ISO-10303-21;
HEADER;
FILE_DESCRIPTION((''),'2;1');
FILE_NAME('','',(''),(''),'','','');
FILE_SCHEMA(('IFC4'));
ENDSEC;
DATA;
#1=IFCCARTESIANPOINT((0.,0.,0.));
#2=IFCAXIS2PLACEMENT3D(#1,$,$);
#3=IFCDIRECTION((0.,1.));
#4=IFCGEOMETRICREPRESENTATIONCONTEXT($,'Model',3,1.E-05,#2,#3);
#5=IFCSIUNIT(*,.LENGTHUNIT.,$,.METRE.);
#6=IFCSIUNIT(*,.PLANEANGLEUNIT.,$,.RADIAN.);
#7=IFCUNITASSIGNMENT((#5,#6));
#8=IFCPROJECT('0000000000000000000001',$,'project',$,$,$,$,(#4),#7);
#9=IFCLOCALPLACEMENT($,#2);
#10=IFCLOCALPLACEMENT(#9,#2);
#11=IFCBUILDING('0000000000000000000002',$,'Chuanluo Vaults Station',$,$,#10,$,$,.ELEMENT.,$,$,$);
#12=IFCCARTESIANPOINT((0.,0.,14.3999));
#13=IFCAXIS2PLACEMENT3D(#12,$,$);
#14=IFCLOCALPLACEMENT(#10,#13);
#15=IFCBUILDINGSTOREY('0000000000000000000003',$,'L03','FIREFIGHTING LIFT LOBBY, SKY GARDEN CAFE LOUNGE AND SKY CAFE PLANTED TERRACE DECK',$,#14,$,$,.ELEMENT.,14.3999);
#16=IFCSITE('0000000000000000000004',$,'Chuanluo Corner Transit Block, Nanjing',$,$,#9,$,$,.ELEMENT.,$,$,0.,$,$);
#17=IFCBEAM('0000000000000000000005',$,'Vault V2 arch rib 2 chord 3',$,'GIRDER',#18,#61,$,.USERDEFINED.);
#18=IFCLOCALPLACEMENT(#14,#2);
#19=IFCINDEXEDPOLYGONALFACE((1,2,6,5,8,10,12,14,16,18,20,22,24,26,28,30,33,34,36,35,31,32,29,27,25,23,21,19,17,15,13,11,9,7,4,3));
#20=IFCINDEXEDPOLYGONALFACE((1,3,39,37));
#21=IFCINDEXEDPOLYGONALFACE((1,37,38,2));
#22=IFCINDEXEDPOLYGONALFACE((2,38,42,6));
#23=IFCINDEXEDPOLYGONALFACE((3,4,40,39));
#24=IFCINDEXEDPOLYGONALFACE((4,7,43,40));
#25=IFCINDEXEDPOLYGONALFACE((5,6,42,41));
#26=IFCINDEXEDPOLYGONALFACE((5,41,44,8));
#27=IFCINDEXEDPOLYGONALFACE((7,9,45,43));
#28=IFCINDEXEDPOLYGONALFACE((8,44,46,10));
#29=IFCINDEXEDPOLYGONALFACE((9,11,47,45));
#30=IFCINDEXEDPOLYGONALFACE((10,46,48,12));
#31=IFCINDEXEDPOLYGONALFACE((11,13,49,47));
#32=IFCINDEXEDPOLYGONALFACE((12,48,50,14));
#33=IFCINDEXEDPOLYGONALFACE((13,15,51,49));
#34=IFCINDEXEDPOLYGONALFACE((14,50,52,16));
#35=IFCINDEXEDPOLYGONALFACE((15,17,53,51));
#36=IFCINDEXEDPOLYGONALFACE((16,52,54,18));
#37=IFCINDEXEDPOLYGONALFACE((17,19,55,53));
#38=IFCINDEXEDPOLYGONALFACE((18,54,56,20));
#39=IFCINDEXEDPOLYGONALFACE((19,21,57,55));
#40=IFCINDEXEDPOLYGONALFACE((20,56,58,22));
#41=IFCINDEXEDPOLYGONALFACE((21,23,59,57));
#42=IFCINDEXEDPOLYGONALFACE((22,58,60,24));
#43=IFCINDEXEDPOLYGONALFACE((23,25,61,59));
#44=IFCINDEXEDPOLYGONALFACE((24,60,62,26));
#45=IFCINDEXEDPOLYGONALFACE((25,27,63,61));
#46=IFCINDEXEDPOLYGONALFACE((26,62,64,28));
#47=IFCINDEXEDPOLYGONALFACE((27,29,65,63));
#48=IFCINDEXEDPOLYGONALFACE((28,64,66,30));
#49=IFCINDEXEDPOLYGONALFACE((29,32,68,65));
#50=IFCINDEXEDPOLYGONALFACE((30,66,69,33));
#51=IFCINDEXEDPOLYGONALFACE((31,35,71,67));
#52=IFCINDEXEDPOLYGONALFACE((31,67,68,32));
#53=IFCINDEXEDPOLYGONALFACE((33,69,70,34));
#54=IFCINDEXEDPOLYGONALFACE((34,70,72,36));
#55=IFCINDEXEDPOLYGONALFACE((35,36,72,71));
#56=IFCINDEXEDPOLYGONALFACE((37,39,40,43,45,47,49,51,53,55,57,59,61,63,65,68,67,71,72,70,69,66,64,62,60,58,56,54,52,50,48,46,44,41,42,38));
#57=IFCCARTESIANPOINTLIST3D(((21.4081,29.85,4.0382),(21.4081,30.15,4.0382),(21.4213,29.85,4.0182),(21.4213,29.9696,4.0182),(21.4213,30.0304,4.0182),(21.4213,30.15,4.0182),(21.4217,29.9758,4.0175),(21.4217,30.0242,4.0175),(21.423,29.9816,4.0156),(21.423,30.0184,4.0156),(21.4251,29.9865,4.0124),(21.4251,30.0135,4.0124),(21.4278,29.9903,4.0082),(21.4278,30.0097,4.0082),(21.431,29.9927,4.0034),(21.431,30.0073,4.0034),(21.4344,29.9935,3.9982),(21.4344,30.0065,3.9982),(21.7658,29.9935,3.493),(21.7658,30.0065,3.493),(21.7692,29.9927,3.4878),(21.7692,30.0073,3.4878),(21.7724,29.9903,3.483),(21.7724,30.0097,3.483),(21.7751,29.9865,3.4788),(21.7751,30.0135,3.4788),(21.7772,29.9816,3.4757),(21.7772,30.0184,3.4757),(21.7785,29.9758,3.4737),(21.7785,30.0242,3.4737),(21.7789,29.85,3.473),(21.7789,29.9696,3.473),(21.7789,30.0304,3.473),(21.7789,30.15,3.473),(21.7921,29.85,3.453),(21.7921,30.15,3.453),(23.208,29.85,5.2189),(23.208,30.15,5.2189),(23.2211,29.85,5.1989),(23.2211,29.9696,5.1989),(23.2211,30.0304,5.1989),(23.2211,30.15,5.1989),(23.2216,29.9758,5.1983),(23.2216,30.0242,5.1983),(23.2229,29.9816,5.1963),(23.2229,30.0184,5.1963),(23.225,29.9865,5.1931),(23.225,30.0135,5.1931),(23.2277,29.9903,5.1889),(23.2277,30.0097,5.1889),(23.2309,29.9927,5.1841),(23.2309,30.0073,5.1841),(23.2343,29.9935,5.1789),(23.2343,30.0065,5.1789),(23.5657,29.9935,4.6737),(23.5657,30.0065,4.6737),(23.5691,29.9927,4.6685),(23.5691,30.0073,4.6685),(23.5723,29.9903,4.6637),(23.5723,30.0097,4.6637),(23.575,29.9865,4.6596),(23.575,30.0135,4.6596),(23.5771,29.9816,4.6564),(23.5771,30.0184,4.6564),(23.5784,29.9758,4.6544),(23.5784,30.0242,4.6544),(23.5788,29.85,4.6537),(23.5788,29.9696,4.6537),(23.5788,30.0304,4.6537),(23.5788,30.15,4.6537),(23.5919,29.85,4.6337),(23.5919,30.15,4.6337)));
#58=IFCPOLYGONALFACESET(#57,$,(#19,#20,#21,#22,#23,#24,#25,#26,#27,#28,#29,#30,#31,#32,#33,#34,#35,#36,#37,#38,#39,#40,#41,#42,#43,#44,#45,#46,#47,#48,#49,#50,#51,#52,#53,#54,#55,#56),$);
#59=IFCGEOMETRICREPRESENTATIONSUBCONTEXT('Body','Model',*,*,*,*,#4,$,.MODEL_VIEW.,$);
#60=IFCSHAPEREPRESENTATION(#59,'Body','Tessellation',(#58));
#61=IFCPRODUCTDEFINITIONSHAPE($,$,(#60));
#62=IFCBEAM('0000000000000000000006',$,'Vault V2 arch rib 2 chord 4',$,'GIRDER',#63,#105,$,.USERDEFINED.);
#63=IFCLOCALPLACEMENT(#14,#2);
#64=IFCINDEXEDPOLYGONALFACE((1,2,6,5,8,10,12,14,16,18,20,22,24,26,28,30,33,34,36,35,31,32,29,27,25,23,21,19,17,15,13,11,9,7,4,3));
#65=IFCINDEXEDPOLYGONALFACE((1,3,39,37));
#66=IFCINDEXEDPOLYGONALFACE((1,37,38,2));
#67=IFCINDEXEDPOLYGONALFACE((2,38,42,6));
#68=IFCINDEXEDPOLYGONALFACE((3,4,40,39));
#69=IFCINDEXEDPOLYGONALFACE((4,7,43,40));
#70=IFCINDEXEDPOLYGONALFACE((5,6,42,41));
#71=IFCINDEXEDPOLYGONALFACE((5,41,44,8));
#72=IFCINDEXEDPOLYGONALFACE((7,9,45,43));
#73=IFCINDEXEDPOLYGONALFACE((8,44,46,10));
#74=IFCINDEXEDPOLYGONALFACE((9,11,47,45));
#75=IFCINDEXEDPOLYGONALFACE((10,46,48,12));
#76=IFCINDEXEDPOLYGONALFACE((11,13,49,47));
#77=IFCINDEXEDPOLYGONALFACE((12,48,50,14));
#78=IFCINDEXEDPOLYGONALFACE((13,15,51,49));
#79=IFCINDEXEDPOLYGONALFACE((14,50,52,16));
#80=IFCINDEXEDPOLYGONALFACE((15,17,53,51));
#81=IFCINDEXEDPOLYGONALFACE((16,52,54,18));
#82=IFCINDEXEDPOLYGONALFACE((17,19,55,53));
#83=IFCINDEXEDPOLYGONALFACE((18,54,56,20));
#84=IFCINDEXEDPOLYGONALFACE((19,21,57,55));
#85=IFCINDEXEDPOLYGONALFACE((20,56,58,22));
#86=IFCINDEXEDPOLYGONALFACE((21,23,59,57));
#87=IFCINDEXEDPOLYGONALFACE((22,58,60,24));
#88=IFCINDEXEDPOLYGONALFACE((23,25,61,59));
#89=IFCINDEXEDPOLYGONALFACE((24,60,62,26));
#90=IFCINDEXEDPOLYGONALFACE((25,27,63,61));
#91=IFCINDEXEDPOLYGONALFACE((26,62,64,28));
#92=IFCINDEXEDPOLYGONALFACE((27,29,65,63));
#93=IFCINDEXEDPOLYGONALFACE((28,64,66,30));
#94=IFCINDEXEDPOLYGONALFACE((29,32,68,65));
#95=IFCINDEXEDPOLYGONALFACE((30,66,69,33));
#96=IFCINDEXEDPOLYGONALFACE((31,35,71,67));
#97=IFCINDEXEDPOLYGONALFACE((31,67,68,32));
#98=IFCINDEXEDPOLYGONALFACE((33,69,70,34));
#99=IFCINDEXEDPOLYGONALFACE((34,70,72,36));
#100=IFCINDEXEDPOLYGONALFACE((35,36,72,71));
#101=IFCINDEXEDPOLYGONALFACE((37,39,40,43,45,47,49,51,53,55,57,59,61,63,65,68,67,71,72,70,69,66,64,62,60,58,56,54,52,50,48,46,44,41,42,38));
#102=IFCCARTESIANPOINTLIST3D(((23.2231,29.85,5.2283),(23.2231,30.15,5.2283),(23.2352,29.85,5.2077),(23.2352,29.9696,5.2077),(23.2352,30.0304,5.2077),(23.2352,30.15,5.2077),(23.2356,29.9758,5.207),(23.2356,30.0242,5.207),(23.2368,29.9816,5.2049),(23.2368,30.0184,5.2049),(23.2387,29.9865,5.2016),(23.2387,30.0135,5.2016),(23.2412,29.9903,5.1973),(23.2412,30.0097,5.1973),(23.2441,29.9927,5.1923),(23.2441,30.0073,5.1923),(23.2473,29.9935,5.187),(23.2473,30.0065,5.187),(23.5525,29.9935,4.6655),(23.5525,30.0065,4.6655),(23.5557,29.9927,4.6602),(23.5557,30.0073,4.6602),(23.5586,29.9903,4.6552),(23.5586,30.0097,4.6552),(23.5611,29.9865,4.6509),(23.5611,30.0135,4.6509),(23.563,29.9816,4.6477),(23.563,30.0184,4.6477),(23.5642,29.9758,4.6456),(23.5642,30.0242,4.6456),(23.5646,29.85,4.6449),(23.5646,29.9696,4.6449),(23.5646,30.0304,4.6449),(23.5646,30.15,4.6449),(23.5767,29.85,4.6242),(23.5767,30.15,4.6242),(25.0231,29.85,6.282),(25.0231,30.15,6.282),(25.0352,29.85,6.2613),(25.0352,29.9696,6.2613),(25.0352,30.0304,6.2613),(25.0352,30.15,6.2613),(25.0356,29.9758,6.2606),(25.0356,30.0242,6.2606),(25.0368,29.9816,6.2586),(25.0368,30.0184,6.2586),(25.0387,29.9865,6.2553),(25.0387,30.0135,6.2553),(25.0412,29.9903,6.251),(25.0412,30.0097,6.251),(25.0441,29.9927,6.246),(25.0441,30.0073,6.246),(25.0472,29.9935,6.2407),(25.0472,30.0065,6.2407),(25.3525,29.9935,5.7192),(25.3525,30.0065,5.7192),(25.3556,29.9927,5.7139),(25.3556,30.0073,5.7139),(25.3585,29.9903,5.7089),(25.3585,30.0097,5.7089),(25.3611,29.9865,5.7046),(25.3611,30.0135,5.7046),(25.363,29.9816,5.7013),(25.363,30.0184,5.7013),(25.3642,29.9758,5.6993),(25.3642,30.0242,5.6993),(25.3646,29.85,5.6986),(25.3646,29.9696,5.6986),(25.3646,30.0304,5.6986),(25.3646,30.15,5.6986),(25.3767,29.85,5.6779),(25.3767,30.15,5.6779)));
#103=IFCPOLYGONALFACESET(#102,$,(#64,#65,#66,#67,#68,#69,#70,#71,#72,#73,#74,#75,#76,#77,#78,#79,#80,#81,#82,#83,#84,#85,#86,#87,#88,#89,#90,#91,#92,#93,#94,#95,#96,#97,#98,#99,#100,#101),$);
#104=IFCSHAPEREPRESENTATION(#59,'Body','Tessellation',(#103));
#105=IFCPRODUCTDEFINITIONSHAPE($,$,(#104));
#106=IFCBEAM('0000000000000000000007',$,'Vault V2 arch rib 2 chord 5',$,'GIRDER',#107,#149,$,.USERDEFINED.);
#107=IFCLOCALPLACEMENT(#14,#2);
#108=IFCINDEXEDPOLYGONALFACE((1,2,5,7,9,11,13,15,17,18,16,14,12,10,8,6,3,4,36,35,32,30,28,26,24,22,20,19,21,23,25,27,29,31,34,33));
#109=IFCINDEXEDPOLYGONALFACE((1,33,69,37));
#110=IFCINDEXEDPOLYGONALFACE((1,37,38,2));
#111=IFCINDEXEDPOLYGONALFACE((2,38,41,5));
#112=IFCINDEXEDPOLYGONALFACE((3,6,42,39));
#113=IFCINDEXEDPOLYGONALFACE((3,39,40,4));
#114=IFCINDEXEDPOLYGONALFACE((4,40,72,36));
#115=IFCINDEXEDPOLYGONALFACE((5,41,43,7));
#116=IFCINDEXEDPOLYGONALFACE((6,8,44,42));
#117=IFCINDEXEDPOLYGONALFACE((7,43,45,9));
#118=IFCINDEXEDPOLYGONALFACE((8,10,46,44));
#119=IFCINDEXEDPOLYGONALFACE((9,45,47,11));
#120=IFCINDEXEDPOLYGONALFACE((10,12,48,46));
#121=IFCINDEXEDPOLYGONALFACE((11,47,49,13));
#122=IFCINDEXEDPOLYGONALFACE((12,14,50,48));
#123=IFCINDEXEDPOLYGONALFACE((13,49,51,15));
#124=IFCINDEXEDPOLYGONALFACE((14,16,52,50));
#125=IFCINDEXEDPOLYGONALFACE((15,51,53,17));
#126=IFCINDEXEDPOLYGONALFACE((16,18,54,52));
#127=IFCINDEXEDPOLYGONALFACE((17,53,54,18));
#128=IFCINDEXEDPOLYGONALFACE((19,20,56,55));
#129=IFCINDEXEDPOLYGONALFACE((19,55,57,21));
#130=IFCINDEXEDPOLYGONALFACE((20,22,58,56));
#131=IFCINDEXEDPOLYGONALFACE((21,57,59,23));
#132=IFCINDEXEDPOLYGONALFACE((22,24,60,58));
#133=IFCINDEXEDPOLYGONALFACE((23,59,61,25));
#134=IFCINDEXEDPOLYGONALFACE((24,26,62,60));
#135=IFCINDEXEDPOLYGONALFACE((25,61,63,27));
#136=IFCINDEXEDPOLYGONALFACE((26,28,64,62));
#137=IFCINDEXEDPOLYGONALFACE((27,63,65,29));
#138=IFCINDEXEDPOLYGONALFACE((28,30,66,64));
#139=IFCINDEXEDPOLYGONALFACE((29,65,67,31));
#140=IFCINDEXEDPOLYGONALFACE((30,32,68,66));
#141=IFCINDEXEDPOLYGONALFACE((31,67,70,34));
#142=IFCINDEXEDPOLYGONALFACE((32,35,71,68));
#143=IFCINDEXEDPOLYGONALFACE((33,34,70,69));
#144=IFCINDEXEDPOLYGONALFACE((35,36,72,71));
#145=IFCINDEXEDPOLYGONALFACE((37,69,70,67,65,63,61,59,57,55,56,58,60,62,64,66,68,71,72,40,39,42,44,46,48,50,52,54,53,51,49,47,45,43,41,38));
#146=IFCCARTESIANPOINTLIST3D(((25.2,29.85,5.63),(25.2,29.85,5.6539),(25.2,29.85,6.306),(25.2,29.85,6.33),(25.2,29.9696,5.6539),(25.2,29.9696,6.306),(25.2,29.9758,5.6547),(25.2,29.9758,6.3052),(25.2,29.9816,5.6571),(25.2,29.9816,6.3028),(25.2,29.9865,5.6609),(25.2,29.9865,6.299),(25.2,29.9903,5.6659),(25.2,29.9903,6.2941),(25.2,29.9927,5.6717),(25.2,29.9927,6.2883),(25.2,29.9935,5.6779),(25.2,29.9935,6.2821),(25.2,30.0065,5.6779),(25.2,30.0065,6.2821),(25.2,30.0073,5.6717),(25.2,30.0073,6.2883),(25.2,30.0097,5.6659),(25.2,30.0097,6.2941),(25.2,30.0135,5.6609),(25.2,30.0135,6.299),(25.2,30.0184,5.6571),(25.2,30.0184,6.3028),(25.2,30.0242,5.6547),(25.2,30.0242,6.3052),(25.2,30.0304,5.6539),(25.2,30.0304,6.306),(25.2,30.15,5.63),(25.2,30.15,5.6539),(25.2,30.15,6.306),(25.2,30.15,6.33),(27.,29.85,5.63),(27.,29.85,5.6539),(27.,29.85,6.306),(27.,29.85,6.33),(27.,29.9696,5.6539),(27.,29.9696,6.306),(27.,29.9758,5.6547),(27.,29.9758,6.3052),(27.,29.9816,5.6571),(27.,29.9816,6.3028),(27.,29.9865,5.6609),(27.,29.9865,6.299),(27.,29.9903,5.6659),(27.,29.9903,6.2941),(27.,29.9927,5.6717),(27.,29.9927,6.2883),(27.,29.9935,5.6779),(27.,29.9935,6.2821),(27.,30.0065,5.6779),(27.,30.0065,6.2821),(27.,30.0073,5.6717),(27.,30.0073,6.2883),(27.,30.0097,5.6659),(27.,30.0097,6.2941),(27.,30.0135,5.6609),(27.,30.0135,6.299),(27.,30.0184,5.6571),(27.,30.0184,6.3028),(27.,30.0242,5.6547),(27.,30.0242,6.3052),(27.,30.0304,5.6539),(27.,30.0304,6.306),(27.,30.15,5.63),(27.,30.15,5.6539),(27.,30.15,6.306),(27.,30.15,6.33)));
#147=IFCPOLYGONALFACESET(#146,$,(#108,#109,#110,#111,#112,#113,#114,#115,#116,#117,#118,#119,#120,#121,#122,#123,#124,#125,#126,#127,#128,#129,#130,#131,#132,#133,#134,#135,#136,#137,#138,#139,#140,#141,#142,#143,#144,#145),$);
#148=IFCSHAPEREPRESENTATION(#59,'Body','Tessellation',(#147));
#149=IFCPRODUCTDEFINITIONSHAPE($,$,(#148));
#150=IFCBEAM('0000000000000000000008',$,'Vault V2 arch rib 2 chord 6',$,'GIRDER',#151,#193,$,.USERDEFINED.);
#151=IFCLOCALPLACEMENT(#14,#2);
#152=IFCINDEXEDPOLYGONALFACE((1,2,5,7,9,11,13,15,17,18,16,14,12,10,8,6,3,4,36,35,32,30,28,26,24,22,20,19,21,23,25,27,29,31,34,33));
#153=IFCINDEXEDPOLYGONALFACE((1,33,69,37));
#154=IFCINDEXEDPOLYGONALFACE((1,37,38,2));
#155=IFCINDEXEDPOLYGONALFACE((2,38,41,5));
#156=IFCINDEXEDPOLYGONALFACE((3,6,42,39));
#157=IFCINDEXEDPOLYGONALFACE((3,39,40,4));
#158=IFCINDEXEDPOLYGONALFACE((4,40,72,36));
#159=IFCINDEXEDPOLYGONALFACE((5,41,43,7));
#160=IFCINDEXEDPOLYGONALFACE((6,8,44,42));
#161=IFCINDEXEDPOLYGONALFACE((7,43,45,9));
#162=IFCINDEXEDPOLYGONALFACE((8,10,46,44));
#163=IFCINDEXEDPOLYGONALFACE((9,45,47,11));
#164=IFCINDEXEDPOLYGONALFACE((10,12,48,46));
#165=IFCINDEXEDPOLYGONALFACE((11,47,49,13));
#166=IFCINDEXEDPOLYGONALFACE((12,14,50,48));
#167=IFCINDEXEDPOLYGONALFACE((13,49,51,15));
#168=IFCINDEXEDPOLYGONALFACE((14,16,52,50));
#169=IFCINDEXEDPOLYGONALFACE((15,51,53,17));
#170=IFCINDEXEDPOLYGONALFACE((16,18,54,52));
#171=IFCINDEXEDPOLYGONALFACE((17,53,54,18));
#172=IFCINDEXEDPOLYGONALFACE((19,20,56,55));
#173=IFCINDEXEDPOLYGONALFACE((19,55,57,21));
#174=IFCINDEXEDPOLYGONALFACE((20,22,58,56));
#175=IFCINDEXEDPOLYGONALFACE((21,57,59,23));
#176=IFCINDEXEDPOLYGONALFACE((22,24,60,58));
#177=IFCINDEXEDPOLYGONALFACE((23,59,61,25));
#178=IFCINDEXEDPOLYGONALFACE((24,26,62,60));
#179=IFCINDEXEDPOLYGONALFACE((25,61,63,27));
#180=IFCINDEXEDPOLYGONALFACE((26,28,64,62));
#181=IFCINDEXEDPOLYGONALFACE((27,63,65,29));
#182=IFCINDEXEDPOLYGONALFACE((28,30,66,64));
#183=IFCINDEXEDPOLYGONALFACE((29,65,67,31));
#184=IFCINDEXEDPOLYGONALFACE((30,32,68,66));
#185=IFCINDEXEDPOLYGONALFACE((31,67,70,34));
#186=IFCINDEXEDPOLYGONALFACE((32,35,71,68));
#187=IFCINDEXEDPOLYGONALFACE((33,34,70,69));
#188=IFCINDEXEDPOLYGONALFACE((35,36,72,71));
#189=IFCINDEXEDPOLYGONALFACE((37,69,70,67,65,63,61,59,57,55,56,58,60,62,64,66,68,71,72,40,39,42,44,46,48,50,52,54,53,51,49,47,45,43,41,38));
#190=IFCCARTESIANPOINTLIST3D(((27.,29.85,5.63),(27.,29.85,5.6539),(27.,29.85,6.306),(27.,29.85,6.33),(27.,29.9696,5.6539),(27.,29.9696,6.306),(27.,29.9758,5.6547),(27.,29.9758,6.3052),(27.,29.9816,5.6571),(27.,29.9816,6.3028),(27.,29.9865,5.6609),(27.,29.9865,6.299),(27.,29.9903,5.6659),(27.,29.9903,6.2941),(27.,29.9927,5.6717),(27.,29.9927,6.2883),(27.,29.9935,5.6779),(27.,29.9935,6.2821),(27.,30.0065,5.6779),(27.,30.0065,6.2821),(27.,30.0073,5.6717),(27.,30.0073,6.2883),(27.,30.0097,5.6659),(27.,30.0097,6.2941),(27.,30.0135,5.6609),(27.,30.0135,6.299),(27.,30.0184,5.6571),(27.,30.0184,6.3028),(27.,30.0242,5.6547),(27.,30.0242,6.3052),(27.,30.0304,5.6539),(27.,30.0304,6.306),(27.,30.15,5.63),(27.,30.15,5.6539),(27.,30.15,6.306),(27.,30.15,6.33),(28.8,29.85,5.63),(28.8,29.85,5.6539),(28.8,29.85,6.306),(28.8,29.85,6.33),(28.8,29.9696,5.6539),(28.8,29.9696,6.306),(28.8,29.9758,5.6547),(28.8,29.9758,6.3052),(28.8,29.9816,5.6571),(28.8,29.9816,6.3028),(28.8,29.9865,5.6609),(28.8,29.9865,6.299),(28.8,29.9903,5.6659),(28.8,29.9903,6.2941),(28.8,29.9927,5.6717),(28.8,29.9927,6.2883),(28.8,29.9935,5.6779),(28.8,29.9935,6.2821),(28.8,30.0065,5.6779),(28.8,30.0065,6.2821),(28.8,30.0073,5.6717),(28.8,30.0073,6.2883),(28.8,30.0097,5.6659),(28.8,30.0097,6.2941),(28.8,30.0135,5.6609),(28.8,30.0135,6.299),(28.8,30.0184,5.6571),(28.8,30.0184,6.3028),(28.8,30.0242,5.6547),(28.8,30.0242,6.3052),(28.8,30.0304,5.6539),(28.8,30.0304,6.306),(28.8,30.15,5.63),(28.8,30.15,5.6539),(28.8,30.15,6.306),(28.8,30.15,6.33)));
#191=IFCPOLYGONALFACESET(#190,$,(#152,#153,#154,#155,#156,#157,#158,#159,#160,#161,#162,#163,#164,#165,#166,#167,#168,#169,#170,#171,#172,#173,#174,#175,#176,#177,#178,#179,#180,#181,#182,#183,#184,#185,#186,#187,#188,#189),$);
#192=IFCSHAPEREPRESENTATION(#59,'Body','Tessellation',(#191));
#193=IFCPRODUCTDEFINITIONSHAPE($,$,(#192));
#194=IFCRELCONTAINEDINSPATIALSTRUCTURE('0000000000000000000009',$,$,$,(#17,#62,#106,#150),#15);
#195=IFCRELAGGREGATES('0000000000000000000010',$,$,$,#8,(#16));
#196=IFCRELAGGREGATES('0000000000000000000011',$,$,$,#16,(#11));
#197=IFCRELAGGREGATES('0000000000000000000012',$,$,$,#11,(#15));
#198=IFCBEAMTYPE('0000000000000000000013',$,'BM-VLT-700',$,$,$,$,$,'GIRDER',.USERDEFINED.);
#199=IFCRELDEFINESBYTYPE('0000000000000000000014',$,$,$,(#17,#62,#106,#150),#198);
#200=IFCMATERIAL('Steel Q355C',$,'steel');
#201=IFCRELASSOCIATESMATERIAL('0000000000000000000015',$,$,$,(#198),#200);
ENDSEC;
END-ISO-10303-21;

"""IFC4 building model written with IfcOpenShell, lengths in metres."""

from ifc_helpers import new_model, si_unit, direction, frame, origin, origin_2d, place, context, subcontext, project, spatial, i_section, extrude, material, material_profile, profile_set, type_object, element, save


model = new_model("IFC4")

# Units and contexts
model_context = context("Model", 3, precision=1e-05, world=origin(), true_north=direction((0.0, 1.0)))
body_context = subcontext(model_context, "Body", "Model", "MODEL_VIEW")
ifc_project = project(units=[si_unit("LENGTHUNIT", "METRE"), si_unit("PLANEANGLEUNIT", "RADIAN")], contexts=[model_context])

# Site, building, storey
site_placement = place(None, origin())
site = spatial("IfcSite", under=ifc_project, at=site_placement, Name="Chuanluo Corner Transit Block, Nanjing", CompositionType="ELEMENT", RefElevation=0.0)
building_placement = place(site_placement, origin())
building = spatial("IfcBuilding", under=site, at=building_placement, Name="Chuanluo Vaults Station", CompositionType="ELEMENT")
storey_placement = place(building_placement, frame((0.0, 0.0, 14.3999)))
storey = spatial("IfcBuildingStorey", under=building, at=storey_placement, Name="L03", Description="FIREFIGHTING LIFT LOBBY, SKY GARDEN CAFE LOUNGE AND SKY CAFE PLANTED TERRACE DECK", CompositionType="ELEMENT", Elevation=14.3999)

# Beams
ifc_material_1 = material(Name="Steel Q355C", Category="steel")
ifc_material_profile_1 = material_profile(ifc_material_1, i_section(OverallWidth=0.3, OverallDepth=0.7, WebThickness=0.0129, FlangeThickness=0.0239, FilletRadius=0.0239, at=origin_2d()))
ifc_profile_set_1 = profile_set([ifc_material_profile_1], Name="Steel Q355C")
beam_type_1 = type_object("IfcBeamType", Name="BM-VLT-700", ElementType="GIRDER", PredefinedType="USERDEFINED", material=ifc_profile_set_1)
beam_1_placement = place(storey_placement, frame((21.6001, 30.0, 3.7456), z_axis=(0.836145, 0.0, 0.548508), x_axis=(0.0, 1.0, 0.0)))
element("IfcBeam", 1, at=beam_1_placement, inside=storey, type_object=beam_type_1, Name="Vault V2 arch rib 2 chord 3", ObjectType="GIRDER", PredefinedType="USERDEFINED", context=body_context, shape_type="SweptSolid", body=[
    extrude(i_section(OverallWidth=0.3, OverallDepth=0.7, WebThickness=0.0129, FlangeThickness=0.0239, FilletRadius=0.0239, at=origin_2d()), origin(), (0.0, 0.0, 1.0), 2.1526),
])
beam_2_placement = place(storey_placement, frame((23.3999, 30.0, 4.9263), z_axis=(0.863009, 0.0, 0.505188), x_axis=(0.0, 1.0, 0.0)))
element("IfcBeam", 2, at=beam_2_placement, inside=storey, type_object=beam_type_1, Name="Vault V2 arch rib 2 chord 4", ObjectType="GIRDER", PredefinedType="USERDEFINED", context=body_context, shape_type="SweptSolid", body=[
    extrude(i_section(OverallWidth=0.3, OverallDepth=0.7, WebThickness=0.0129, FlangeThickness=0.0239, FilletRadius=0.0239, at=origin_2d()), origin(), (0.0, 0.0, 1.0), 2.0857),
])
for number, where, z_axis, x_axis, name in (
    (3, (25.2, 30.0, 5.98), (1.0, 0.0, 0.0), (0.0, 1.0, 0.0), "Vault V2 arch rib 2 chord 5"),
    (4, (27.0, 30.0, 5.98), (1.0, 0.0, 0.0), (0.0, 1.0, 0.0), "Vault V2 arch rib 2 chord 6"),
):
    element("IfcBeam", number, at=place(storey_placement, frame(where, z_axis=z_axis, x_axis=x_axis)), inside=storey, type_object=beam_type_1, Name=name, ObjectType="GIRDER", PredefinedType="USERDEFINED", context=body_context, shape_type="SweptSolid", body=[
        extrude(i_section(OverallWidth=0.3, OverallDepth=0.7, WebThickness=0.0129, FlangeThickness=0.0239, FilletRadius=0.0239, at=origin_2d()), origin(), (0.0, 0.0, 1.0), 1.8),
    ])

save(model, "model.ifc")
